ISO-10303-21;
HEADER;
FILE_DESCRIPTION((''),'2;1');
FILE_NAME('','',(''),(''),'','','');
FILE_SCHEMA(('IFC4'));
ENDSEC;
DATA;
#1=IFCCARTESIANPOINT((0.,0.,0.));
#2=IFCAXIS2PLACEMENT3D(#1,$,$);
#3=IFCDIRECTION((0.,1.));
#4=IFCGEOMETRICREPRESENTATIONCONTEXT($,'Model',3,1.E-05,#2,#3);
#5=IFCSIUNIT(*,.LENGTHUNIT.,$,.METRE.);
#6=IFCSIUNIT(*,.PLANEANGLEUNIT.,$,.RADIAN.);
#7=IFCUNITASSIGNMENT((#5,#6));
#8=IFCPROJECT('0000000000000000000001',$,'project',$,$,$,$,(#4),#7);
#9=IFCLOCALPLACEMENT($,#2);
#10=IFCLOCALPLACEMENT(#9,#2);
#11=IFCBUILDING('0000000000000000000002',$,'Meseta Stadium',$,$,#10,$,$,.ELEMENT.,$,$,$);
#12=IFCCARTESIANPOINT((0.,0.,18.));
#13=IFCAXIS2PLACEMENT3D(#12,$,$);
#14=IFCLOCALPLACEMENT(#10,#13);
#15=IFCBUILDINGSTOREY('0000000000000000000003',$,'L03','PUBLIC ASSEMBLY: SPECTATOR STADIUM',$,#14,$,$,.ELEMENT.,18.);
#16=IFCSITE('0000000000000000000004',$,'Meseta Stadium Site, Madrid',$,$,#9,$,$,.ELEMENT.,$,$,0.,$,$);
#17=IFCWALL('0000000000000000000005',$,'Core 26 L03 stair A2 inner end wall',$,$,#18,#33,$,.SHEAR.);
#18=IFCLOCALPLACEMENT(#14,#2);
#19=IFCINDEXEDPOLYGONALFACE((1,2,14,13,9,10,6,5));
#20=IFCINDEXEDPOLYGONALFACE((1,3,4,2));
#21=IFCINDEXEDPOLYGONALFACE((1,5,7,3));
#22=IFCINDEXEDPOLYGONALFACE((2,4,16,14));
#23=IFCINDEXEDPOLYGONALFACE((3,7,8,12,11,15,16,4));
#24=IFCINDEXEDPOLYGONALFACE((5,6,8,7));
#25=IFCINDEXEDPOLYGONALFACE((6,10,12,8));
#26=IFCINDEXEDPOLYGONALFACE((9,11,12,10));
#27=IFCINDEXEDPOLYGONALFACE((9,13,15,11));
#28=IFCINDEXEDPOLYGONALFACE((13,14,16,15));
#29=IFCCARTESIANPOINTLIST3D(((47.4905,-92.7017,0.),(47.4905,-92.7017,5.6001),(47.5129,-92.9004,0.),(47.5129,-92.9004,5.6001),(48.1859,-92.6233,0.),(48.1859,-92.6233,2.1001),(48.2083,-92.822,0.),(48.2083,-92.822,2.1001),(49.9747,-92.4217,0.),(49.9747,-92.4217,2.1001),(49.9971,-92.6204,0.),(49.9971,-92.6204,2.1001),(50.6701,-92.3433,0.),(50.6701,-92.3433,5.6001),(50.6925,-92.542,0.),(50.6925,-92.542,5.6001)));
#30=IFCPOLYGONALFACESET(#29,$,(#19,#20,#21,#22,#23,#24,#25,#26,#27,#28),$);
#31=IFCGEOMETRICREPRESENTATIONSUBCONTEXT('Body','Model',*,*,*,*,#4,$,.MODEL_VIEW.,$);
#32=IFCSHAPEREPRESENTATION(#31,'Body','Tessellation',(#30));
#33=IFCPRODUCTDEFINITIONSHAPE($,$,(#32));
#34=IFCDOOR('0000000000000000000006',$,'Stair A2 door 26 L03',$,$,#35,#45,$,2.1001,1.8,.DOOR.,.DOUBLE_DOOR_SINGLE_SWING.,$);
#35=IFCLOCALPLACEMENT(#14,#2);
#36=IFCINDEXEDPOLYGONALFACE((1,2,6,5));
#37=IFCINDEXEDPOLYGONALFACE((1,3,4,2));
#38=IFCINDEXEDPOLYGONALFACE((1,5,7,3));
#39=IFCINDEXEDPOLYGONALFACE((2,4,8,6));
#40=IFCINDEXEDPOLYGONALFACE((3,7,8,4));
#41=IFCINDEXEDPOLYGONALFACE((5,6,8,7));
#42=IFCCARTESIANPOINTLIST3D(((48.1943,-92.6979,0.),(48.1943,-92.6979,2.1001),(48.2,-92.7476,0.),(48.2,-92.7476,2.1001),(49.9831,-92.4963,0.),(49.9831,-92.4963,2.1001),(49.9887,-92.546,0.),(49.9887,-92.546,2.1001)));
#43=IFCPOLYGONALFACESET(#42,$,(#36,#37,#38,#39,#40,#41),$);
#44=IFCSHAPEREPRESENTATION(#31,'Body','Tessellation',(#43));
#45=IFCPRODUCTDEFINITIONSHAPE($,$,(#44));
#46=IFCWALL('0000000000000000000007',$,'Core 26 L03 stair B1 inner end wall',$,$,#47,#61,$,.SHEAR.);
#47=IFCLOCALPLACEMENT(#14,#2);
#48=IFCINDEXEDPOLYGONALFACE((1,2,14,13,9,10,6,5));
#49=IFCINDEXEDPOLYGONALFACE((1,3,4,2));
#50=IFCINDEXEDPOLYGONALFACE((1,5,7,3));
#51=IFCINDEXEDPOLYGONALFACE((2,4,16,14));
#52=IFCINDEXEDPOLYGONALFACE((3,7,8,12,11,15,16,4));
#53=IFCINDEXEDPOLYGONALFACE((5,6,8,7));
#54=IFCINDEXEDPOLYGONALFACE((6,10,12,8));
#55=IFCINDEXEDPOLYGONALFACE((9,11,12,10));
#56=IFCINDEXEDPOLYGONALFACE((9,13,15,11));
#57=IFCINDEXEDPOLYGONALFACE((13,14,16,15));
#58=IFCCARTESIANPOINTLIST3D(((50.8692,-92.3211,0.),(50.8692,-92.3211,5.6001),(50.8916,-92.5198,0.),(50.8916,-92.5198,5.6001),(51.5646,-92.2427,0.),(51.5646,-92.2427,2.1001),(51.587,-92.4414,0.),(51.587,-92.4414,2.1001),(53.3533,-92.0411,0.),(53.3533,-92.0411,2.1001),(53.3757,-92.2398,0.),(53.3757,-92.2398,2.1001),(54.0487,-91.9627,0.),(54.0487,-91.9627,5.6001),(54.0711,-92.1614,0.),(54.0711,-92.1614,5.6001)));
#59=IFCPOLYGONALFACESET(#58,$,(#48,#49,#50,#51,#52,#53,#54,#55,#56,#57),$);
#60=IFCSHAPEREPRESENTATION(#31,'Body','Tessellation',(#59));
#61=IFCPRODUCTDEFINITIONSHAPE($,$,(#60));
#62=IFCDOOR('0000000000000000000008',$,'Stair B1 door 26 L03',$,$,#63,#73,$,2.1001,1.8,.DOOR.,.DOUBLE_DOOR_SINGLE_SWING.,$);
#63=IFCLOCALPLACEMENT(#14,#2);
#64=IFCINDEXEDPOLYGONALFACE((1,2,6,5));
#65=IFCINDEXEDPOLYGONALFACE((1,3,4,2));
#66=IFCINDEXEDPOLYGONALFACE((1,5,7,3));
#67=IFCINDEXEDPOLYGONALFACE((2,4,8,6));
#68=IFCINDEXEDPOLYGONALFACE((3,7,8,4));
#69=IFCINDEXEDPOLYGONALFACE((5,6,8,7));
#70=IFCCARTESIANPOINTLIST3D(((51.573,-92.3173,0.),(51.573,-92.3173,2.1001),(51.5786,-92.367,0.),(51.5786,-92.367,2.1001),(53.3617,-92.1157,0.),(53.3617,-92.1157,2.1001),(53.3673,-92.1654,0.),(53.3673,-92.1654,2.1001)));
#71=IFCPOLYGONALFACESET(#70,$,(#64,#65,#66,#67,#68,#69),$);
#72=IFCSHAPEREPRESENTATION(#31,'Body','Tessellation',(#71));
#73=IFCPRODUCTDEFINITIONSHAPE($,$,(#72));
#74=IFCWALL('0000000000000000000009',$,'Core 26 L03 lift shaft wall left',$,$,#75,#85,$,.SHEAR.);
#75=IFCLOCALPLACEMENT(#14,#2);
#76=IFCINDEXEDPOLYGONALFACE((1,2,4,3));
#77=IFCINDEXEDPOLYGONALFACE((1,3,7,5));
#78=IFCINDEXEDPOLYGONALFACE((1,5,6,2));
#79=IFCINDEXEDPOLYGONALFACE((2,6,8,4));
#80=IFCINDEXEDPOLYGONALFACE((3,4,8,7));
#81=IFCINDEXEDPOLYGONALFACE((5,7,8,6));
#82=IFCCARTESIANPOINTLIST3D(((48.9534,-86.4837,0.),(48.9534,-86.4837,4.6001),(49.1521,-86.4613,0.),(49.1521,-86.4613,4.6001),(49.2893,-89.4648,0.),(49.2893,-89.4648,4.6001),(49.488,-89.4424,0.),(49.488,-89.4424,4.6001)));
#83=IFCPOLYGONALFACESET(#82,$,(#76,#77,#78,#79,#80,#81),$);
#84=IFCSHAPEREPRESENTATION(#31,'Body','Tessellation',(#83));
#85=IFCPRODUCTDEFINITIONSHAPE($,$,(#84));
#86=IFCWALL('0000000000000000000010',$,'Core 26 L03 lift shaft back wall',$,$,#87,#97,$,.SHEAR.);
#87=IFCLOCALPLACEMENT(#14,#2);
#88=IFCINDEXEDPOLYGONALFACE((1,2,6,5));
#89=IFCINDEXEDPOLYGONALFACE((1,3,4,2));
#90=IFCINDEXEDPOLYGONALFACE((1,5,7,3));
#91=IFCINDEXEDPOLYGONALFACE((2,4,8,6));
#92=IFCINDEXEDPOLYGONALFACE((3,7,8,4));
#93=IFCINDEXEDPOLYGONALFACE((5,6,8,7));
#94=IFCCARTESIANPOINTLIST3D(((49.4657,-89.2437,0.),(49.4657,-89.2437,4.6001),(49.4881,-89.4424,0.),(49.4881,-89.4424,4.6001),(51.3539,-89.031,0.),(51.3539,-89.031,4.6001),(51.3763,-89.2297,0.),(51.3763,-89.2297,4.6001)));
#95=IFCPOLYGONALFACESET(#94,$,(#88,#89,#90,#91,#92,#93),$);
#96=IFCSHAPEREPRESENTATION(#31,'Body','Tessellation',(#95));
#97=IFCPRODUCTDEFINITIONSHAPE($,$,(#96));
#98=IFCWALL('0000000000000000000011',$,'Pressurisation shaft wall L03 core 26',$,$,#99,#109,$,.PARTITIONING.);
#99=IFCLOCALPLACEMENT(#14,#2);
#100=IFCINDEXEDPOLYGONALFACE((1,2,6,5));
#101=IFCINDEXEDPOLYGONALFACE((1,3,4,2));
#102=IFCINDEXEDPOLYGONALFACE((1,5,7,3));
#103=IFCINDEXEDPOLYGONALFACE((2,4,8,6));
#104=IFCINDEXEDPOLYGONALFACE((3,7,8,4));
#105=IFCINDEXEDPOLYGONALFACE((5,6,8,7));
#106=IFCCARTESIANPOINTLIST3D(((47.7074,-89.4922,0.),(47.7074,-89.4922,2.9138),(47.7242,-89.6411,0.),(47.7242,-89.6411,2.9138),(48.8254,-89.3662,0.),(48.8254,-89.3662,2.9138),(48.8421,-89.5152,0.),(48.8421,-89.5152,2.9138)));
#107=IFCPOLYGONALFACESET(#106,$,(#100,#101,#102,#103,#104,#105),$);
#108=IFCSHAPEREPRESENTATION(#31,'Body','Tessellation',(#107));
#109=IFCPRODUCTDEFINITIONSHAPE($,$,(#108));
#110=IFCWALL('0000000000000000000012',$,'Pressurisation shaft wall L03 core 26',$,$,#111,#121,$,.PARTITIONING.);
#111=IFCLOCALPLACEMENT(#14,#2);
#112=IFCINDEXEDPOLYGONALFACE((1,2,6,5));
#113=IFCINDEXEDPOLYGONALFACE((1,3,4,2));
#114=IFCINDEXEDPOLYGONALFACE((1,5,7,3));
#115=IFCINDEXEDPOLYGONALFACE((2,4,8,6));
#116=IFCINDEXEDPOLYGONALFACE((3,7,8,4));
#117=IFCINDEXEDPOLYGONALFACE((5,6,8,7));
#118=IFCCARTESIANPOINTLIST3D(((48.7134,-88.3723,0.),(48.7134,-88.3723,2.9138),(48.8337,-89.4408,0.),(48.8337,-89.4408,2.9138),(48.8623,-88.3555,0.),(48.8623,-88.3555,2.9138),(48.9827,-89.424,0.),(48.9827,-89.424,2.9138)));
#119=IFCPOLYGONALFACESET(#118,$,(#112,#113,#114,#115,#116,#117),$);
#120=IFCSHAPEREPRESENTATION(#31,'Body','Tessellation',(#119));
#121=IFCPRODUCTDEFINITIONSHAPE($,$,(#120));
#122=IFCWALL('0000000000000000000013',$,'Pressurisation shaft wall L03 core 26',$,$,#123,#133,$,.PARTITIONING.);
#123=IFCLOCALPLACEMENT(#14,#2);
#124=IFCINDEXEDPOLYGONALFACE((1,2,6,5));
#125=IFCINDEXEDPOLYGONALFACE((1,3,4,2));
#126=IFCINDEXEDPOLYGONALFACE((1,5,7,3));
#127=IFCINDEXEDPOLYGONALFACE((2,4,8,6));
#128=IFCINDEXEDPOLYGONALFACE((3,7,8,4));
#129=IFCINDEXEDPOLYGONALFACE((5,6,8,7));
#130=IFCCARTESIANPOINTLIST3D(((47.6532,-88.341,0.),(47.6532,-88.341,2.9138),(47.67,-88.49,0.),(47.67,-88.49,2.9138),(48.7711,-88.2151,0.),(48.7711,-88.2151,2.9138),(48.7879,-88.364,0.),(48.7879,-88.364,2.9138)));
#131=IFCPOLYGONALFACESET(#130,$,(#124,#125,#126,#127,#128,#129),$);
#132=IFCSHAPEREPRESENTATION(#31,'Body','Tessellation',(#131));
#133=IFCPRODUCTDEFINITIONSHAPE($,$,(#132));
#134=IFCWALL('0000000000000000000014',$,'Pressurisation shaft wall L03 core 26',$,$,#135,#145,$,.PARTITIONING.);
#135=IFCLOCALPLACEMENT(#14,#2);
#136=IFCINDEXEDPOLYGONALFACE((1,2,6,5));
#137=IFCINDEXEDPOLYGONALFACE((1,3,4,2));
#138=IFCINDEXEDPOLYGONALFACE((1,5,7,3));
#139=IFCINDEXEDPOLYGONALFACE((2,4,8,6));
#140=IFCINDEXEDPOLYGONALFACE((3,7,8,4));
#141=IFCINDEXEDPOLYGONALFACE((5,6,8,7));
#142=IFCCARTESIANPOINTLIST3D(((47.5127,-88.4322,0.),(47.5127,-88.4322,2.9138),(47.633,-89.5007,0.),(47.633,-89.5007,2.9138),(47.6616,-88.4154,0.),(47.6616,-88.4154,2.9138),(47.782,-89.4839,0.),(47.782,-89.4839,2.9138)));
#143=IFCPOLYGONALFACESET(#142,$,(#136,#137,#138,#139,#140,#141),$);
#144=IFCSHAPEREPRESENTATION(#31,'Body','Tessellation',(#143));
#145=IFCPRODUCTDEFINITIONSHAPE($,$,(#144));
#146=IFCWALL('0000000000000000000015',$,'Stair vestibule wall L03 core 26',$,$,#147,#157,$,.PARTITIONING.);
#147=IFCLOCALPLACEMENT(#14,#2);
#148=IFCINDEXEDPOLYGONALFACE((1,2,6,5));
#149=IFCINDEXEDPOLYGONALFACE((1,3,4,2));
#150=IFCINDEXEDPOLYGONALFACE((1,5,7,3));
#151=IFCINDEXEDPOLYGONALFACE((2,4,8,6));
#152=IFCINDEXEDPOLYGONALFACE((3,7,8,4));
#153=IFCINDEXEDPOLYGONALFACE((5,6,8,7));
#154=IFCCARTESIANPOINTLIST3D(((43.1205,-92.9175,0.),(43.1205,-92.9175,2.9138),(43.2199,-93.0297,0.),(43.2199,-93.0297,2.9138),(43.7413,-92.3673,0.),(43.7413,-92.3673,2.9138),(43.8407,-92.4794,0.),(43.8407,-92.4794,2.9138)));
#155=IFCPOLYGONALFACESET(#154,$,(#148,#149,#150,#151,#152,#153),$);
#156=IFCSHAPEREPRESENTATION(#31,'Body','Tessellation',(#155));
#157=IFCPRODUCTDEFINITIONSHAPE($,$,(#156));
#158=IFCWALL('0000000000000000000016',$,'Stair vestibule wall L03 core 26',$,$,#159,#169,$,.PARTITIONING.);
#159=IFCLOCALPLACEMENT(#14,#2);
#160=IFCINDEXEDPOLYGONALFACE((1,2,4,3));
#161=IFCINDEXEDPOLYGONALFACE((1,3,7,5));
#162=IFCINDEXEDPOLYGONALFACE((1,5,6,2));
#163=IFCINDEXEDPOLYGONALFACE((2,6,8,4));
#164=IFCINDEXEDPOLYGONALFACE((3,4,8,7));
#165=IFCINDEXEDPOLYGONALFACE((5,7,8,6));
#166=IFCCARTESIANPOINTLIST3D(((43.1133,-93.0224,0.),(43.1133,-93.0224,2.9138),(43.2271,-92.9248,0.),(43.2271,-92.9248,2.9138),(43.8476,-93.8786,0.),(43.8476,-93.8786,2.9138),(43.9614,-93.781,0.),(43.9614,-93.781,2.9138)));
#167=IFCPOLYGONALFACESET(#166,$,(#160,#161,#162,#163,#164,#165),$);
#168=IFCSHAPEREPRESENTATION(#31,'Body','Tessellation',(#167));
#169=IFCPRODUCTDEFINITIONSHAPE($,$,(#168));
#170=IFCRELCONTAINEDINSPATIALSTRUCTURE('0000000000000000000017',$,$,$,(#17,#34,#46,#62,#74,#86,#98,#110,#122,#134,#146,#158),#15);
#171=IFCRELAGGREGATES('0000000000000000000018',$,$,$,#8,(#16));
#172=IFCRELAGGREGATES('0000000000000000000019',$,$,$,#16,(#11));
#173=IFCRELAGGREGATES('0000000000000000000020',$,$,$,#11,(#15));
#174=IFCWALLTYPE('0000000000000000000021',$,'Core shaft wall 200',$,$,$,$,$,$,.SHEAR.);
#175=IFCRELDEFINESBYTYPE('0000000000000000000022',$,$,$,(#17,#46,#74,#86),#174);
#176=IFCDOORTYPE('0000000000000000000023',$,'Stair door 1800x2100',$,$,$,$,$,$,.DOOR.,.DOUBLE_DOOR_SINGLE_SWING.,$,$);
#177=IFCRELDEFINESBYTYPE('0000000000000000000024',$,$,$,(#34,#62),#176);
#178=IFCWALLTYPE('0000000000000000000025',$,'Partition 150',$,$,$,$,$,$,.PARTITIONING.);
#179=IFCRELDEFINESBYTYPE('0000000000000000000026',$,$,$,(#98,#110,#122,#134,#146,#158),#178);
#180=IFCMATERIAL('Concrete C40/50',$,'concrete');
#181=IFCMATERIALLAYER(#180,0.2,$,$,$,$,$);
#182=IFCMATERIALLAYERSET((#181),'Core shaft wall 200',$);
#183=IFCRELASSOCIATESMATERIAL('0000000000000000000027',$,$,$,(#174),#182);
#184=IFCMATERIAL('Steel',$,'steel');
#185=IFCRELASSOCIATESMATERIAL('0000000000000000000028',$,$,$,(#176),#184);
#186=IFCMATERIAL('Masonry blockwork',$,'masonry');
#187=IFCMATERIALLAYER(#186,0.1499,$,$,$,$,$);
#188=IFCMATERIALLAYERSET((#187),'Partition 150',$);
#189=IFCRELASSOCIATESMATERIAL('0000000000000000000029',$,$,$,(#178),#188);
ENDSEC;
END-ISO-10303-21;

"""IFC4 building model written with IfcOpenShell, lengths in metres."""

from ifc_helpers import new_model, si_unit, direction, frame, frame_2d, origin, place, context, subcontext, project, spatial, rectangle, extrude, material, layer, layer_set, type_object, element, fill, save


model = new_model("IFC4")

# Units and contexts
model_context = context("Model", 3, precision=1e-05, world=origin(), true_north=direction((0.0, 1.0)))
body_context = subcontext(model_context, "Body", "Model", "MODEL_VIEW")
ifc_project = project(units=[si_unit("LENGTHUNIT", "METRE"), si_unit("PLANEANGLEUNIT", "RADIAN")], contexts=[model_context])

# Site, building, storey
site_placement = place(None, origin())
site = spatial("IfcSite", under=ifc_project, at=site_placement, Name="Meseta Stadium Site, Madrid", CompositionType="ELEMENT", RefElevation=0.0)
building_placement = place(site_placement, origin())
building = spatial("IfcBuilding", under=site, at=building_placement, Name="Meseta Stadium", CompositionType="ELEMENT")
storey_placement = place(building_placement, frame((0.0, 0.0, 18.0)))
storey = spatial("IfcBuildingStorey", under=building, at=storey_placement, Name="L03", Description="PUBLIC ASSEMBLY: SPECTATOR STADIUM", CompositionType="ELEMENT", Elevation=18.0)

# Walls, openings, doors
ifc_material_1 = material(Name="Concrete C40/50", Category="concrete")
ifc_layer_1 = layer(ifc_material_1, 0.2)
ifc_layer_set_1 = layer_set([ifc_layer_1], Name="Core shaft wall 200")
wall_type_1 = type_object("IfcWallType", Name="Core shaft wall 200", PredefinedType="SHEAR", material=ifc_layer_set_1)
ifc_material_2 = material(Name="Steel", Category="steel")
door_type = type_object("IfcDoorType", Name="Stair door 1800x2100", OperationType="DOUBLE_DOOR_SINGLE_SWING", PredefinedType="DOOR", material=ifc_material_2)
wall_1_placement = place(storey_placement, frame((47.5017, -92.801, 0.0), z_axis=(0.0, 0.0, 1.0), x_axis=(0.993708, 0.112006, 0.0)))
wall_1 = element("IfcWall", 1, at=wall_1_placement, inside=storey, type_object=wall_type_1, Name="Core 26 L03 stair A2 inner end wall", PredefinedType="SHEAR", context=body_context, shape_type="SweptSolid", body=[
    extrude(rectangle(XDim=3.1997, YDim=0.2, at=frame_2d((1.5999, 0.0))), origin(), (0.0, 0.0, 1.0), 5.6001),
])
opening_1_placement = place(wall_1_placement, frame((0.7, 0.0, 0.0)))
opening_1 = element("IfcOpeningElement", 2, at=opening_1_placement, cuts=wall_1, PredefinedType="OPENING", context=body_context, shape_type="SweptSolid", body=[
    extrude(rectangle(XDim=1.8, YDim=2.1001, at=frame_2d((0.8999, 1.05))), frame((0.0, 0.1099, 0.0), z_axis=(0.0, -1.0, 0.0), x_axis=(1.0, 0.0, 0.0)), (0.0, 0.0, 1.0), 0.22),
])
door_1_placement = place(opening_1_placement, origin())
door_1 = element("IfcDoor", 3, at=door_1_placement, inside=storey, type_object=door_type, Name="Stair A2 door 26 L03", OperationType="DOUBLE_DOOR_SINGLE_SWING", OverallHeight=2.1001, OverallWidth=1.8, PredefinedType="DOOR", context=body_context, shape_type="SweptSolid", body=[
    extrude(rectangle(XDim=1.8, YDim=2.1001, at=frame_2d((0.8999, 1.05))), frame((0.0, 0.0249, 0.0), z_axis=(0.0, -1.0, 0.0), x_axis=(1.0, 0.0, 0.0)), (0.0, 0.0, 1.0), 0.05),
])
fill(opening_1, door_1)
wall_2_placement = place(storey_placement, frame((50.8804, -92.4204, 0.0), z_axis=(0.0, 0.0, 1.0), x_axis=(0.993708, 0.112006, 0.0)))
wall_2 = element("IfcWall", 4, at=wall_2_placement, inside=storey, type_object=wall_type_1, Name="Core 26 L03 stair B1 inner end wall", PredefinedType="SHEAR", context=body_context, shape_type="SweptSolid", body=[
    extrude(rectangle(XDim=3.1997, YDim=0.2, at=frame_2d((1.5999, 0.0))), origin(), (0.0, 0.0, 1.0), 5.6001),
])
opening_2_placement = place(wall_2_placement, frame((0.7, 0.0, 0.0)))
opening_2 = element("IfcOpeningElement", 5, at=opening_2_placement, cuts=wall_2, PredefinedType="OPENING", context=body_context, shape_type="SweptSolid", body=[
    extrude(rectangle(XDim=1.8, YDim=2.1001, at=frame_2d((0.8999, 1.05))), frame((0.0, 0.1099, 0.0), z_axis=(0.0, -1.0, 0.0), x_axis=(1.0, 0.0, 0.0)), (0.0, 0.0, 1.0), 0.22),
])
door_2_placement = place(opening_2_placement, origin())
door_2 = element("IfcDoor", 6, at=door_2_placement, inside=storey, type_object=door_type, Name="Stair B1 door 26 L03", OperationType="DOUBLE_DOOR_SINGLE_SWING", OverallHeight=2.1001, OverallWidth=1.8, PredefinedType="DOOR", context=body_context, shape_type="SweptSolid", body=[
    extrude(rectangle(XDim=1.8, YDim=2.1001, at=frame_2d((0.8999, 1.05))), frame((0.0, 0.0249, 0.0), z_axis=(0.0, -1.0, 0.0), x_axis=(1.0, 0.0, 0.0)), (0.0, 0.0, 1.0), 0.05),
])
fill(opening_2, door_2)

# Walls
wall_3_placement = place(storey_placement, frame((49.3887, -89.4536, 0.0), z_axis=(0.0, 0.0, 1.0), x_axis=(-0.111977, 0.993711, 0.0)))
element("IfcWall", 7, at=wall_3_placement, inside=storey, type_object=wall_type_1, Name="Core 26 L03 lift shaft wall left", PredefinedType="SHEAR", context=body_context, shape_type="SweptSolid", body=[
    extrude(rectangle(XDim=3.0, YDim=0.2, at=frame_2d((1.5, 0.0))), origin(), (0.0, 0.0, 1.0), 4.6001),
])
wall_4_placement = place(storey_placement, frame((49.4768, -89.343, 0.0), z_axis=(0.0, 0.0, 1.0), x_axis=(0.993718, 0.111912, 0.0)))
element("IfcWall", 8, at=wall_4_placement, inside=storey, type_object=wall_type_1, Name="Core 26 L03 lift shaft back wall", PredefinedType="SHEAR", context=body_context, shape_type="SweptSolid", body=[
    extrude(rectangle(XDim=1.9001, YDim=0.2, at=frame_2d((0.9502, 0.0))), origin(), (0.0, 0.0, 1.0), 4.6001),
])
ifc_material_3 = material(Name="Masonry blockwork", Category="masonry")
ifc_layer_2 = layer(ifc_material_3, 0.1499)
ifc_layer_set_2 = layer_set([ifc_layer_2], Name="Partition 150")
wall_type_2 = type_object("IfcWallType", Name="Partition 150", PredefinedType="PARTITIONING", material=ifc_layer_set_2)
wall_5_placement = place(storey_placement, frame((47.7158, -89.5667, 0.0), z_axis=(0.0, 0.0, 1.0), x_axis=(0.993711, 0.11198, 0.0)))
element("IfcWall", 9, at=wall_5_placement, inside=storey, type_object=wall_type_2, Name="Pressurisation shaft wall L03 core 26", PredefinedType="PARTITIONING", context=body_context, shape_type="SweptSolid", body=[
    extrude(rectangle(XDim=1.125, YDim=0.1499, at=frame_2d((0.5625, 0.0))), origin(), (0.0, 0.0, 1.0), 2.9138),
])
wall_6_placement = place(storey_placement, frame((48.9082, -89.4324, 0.0), z_axis=(0.0, 0.0, 1.0), x_axis=(-0.111952, 0.993714, 0.0)))
element("IfcWall", 10, at=wall_6_placement, inside=storey, type_object=wall_type_2, Name="Pressurisation shaft wall L03 core 26", PredefinedType="PARTITIONING", context=body_context, shape_type="SweptSolid", body=[
    extrude(rectangle(XDim=1.0752, YDim=0.1499, at=frame_2d((0.5376, 0.0))), origin(), (0.0, 0.0, 1.0), 2.9138),
])
wall_7_placement = place(storey_placement, frame((48.7795, -88.2896, 0.0), z_axis=(0.0, 0.0, 1.0), x_axis=(-0.993711, -0.11198, 0.0)))
element("IfcWall", 11, at=wall_7_placement, inside=storey, type_object=wall_type_2, Name="Pressurisation shaft wall L03 core 26", PredefinedType="PARTITIONING", context=body_context, shape_type="SweptSolid", body=[
    extrude(rectangle(XDim=1.125, YDim=0.1499, at=frame_2d((0.5625, 0.0))), origin(), (0.0, 0.0, 1.0), 2.9138),
])
wall_8_placement = place(storey_placement, frame((47.5872, -88.4238, 0.0), z_axis=(0.0, 0.0, 1.0), x_axis=(0.111952, -0.993714, 0.0)))
element("IfcWall", 12, at=wall_8_placement, inside=storey, type_object=wall_type_2, Name="Pressurisation shaft wall L03 core 26", PredefinedType="PARTITIONING", context=body_context, shape_type="SweptSolid", body=[
    extrude(rectangle(XDim=1.0752, YDim=0.1499, at=frame_2d((0.5376, 0.0))), origin(), (0.0, 0.0, 1.0), 2.9138),
])
wall_9_placement = place(storey_placement, frame((43.791, -92.4233, 0.0), z_axis=(0.0, 0.0, 1.0), x_axis=(-0.74835, -0.663304, 0.0)))
element("IfcWall", 13, at=wall_9_placement, inside=storey, type_object=wall_type_2, Name="Stair vestibule wall L03 core 26", PredefinedType="PARTITIONING", context=body_context, shape_type="SweptSolid", body=[
    extrude(rectangle(XDim=0.8296, YDim=0.1499, at=frame_2d((0.4148, 0.0))), origin(), (0.0, 0.0, 1.0), 2.9138),
])
wall_10_placement = place(storey_placement, frame((43.1702, -92.9736, 0.0), z_axis=(0.0, 0.0, 1.0), x_axis=(0.651041, -0.759043, 0.0)))
element("IfcWall", 14, at=wall_10_placement, inside=storey, type_object=wall_type_2, Name="Stair vestibule wall L03 core 26", PredefinedType="PARTITIONING", context=body_context, shape_type="SweptSolid", body=[
    extrude(rectangle(XDim=1.1279, YDim=0.1499, at=frame_2d((0.564, 0.0))), origin(), (0.0, 0.0, 1.0), 2.9138),
])

save(model, "model.ifc")
